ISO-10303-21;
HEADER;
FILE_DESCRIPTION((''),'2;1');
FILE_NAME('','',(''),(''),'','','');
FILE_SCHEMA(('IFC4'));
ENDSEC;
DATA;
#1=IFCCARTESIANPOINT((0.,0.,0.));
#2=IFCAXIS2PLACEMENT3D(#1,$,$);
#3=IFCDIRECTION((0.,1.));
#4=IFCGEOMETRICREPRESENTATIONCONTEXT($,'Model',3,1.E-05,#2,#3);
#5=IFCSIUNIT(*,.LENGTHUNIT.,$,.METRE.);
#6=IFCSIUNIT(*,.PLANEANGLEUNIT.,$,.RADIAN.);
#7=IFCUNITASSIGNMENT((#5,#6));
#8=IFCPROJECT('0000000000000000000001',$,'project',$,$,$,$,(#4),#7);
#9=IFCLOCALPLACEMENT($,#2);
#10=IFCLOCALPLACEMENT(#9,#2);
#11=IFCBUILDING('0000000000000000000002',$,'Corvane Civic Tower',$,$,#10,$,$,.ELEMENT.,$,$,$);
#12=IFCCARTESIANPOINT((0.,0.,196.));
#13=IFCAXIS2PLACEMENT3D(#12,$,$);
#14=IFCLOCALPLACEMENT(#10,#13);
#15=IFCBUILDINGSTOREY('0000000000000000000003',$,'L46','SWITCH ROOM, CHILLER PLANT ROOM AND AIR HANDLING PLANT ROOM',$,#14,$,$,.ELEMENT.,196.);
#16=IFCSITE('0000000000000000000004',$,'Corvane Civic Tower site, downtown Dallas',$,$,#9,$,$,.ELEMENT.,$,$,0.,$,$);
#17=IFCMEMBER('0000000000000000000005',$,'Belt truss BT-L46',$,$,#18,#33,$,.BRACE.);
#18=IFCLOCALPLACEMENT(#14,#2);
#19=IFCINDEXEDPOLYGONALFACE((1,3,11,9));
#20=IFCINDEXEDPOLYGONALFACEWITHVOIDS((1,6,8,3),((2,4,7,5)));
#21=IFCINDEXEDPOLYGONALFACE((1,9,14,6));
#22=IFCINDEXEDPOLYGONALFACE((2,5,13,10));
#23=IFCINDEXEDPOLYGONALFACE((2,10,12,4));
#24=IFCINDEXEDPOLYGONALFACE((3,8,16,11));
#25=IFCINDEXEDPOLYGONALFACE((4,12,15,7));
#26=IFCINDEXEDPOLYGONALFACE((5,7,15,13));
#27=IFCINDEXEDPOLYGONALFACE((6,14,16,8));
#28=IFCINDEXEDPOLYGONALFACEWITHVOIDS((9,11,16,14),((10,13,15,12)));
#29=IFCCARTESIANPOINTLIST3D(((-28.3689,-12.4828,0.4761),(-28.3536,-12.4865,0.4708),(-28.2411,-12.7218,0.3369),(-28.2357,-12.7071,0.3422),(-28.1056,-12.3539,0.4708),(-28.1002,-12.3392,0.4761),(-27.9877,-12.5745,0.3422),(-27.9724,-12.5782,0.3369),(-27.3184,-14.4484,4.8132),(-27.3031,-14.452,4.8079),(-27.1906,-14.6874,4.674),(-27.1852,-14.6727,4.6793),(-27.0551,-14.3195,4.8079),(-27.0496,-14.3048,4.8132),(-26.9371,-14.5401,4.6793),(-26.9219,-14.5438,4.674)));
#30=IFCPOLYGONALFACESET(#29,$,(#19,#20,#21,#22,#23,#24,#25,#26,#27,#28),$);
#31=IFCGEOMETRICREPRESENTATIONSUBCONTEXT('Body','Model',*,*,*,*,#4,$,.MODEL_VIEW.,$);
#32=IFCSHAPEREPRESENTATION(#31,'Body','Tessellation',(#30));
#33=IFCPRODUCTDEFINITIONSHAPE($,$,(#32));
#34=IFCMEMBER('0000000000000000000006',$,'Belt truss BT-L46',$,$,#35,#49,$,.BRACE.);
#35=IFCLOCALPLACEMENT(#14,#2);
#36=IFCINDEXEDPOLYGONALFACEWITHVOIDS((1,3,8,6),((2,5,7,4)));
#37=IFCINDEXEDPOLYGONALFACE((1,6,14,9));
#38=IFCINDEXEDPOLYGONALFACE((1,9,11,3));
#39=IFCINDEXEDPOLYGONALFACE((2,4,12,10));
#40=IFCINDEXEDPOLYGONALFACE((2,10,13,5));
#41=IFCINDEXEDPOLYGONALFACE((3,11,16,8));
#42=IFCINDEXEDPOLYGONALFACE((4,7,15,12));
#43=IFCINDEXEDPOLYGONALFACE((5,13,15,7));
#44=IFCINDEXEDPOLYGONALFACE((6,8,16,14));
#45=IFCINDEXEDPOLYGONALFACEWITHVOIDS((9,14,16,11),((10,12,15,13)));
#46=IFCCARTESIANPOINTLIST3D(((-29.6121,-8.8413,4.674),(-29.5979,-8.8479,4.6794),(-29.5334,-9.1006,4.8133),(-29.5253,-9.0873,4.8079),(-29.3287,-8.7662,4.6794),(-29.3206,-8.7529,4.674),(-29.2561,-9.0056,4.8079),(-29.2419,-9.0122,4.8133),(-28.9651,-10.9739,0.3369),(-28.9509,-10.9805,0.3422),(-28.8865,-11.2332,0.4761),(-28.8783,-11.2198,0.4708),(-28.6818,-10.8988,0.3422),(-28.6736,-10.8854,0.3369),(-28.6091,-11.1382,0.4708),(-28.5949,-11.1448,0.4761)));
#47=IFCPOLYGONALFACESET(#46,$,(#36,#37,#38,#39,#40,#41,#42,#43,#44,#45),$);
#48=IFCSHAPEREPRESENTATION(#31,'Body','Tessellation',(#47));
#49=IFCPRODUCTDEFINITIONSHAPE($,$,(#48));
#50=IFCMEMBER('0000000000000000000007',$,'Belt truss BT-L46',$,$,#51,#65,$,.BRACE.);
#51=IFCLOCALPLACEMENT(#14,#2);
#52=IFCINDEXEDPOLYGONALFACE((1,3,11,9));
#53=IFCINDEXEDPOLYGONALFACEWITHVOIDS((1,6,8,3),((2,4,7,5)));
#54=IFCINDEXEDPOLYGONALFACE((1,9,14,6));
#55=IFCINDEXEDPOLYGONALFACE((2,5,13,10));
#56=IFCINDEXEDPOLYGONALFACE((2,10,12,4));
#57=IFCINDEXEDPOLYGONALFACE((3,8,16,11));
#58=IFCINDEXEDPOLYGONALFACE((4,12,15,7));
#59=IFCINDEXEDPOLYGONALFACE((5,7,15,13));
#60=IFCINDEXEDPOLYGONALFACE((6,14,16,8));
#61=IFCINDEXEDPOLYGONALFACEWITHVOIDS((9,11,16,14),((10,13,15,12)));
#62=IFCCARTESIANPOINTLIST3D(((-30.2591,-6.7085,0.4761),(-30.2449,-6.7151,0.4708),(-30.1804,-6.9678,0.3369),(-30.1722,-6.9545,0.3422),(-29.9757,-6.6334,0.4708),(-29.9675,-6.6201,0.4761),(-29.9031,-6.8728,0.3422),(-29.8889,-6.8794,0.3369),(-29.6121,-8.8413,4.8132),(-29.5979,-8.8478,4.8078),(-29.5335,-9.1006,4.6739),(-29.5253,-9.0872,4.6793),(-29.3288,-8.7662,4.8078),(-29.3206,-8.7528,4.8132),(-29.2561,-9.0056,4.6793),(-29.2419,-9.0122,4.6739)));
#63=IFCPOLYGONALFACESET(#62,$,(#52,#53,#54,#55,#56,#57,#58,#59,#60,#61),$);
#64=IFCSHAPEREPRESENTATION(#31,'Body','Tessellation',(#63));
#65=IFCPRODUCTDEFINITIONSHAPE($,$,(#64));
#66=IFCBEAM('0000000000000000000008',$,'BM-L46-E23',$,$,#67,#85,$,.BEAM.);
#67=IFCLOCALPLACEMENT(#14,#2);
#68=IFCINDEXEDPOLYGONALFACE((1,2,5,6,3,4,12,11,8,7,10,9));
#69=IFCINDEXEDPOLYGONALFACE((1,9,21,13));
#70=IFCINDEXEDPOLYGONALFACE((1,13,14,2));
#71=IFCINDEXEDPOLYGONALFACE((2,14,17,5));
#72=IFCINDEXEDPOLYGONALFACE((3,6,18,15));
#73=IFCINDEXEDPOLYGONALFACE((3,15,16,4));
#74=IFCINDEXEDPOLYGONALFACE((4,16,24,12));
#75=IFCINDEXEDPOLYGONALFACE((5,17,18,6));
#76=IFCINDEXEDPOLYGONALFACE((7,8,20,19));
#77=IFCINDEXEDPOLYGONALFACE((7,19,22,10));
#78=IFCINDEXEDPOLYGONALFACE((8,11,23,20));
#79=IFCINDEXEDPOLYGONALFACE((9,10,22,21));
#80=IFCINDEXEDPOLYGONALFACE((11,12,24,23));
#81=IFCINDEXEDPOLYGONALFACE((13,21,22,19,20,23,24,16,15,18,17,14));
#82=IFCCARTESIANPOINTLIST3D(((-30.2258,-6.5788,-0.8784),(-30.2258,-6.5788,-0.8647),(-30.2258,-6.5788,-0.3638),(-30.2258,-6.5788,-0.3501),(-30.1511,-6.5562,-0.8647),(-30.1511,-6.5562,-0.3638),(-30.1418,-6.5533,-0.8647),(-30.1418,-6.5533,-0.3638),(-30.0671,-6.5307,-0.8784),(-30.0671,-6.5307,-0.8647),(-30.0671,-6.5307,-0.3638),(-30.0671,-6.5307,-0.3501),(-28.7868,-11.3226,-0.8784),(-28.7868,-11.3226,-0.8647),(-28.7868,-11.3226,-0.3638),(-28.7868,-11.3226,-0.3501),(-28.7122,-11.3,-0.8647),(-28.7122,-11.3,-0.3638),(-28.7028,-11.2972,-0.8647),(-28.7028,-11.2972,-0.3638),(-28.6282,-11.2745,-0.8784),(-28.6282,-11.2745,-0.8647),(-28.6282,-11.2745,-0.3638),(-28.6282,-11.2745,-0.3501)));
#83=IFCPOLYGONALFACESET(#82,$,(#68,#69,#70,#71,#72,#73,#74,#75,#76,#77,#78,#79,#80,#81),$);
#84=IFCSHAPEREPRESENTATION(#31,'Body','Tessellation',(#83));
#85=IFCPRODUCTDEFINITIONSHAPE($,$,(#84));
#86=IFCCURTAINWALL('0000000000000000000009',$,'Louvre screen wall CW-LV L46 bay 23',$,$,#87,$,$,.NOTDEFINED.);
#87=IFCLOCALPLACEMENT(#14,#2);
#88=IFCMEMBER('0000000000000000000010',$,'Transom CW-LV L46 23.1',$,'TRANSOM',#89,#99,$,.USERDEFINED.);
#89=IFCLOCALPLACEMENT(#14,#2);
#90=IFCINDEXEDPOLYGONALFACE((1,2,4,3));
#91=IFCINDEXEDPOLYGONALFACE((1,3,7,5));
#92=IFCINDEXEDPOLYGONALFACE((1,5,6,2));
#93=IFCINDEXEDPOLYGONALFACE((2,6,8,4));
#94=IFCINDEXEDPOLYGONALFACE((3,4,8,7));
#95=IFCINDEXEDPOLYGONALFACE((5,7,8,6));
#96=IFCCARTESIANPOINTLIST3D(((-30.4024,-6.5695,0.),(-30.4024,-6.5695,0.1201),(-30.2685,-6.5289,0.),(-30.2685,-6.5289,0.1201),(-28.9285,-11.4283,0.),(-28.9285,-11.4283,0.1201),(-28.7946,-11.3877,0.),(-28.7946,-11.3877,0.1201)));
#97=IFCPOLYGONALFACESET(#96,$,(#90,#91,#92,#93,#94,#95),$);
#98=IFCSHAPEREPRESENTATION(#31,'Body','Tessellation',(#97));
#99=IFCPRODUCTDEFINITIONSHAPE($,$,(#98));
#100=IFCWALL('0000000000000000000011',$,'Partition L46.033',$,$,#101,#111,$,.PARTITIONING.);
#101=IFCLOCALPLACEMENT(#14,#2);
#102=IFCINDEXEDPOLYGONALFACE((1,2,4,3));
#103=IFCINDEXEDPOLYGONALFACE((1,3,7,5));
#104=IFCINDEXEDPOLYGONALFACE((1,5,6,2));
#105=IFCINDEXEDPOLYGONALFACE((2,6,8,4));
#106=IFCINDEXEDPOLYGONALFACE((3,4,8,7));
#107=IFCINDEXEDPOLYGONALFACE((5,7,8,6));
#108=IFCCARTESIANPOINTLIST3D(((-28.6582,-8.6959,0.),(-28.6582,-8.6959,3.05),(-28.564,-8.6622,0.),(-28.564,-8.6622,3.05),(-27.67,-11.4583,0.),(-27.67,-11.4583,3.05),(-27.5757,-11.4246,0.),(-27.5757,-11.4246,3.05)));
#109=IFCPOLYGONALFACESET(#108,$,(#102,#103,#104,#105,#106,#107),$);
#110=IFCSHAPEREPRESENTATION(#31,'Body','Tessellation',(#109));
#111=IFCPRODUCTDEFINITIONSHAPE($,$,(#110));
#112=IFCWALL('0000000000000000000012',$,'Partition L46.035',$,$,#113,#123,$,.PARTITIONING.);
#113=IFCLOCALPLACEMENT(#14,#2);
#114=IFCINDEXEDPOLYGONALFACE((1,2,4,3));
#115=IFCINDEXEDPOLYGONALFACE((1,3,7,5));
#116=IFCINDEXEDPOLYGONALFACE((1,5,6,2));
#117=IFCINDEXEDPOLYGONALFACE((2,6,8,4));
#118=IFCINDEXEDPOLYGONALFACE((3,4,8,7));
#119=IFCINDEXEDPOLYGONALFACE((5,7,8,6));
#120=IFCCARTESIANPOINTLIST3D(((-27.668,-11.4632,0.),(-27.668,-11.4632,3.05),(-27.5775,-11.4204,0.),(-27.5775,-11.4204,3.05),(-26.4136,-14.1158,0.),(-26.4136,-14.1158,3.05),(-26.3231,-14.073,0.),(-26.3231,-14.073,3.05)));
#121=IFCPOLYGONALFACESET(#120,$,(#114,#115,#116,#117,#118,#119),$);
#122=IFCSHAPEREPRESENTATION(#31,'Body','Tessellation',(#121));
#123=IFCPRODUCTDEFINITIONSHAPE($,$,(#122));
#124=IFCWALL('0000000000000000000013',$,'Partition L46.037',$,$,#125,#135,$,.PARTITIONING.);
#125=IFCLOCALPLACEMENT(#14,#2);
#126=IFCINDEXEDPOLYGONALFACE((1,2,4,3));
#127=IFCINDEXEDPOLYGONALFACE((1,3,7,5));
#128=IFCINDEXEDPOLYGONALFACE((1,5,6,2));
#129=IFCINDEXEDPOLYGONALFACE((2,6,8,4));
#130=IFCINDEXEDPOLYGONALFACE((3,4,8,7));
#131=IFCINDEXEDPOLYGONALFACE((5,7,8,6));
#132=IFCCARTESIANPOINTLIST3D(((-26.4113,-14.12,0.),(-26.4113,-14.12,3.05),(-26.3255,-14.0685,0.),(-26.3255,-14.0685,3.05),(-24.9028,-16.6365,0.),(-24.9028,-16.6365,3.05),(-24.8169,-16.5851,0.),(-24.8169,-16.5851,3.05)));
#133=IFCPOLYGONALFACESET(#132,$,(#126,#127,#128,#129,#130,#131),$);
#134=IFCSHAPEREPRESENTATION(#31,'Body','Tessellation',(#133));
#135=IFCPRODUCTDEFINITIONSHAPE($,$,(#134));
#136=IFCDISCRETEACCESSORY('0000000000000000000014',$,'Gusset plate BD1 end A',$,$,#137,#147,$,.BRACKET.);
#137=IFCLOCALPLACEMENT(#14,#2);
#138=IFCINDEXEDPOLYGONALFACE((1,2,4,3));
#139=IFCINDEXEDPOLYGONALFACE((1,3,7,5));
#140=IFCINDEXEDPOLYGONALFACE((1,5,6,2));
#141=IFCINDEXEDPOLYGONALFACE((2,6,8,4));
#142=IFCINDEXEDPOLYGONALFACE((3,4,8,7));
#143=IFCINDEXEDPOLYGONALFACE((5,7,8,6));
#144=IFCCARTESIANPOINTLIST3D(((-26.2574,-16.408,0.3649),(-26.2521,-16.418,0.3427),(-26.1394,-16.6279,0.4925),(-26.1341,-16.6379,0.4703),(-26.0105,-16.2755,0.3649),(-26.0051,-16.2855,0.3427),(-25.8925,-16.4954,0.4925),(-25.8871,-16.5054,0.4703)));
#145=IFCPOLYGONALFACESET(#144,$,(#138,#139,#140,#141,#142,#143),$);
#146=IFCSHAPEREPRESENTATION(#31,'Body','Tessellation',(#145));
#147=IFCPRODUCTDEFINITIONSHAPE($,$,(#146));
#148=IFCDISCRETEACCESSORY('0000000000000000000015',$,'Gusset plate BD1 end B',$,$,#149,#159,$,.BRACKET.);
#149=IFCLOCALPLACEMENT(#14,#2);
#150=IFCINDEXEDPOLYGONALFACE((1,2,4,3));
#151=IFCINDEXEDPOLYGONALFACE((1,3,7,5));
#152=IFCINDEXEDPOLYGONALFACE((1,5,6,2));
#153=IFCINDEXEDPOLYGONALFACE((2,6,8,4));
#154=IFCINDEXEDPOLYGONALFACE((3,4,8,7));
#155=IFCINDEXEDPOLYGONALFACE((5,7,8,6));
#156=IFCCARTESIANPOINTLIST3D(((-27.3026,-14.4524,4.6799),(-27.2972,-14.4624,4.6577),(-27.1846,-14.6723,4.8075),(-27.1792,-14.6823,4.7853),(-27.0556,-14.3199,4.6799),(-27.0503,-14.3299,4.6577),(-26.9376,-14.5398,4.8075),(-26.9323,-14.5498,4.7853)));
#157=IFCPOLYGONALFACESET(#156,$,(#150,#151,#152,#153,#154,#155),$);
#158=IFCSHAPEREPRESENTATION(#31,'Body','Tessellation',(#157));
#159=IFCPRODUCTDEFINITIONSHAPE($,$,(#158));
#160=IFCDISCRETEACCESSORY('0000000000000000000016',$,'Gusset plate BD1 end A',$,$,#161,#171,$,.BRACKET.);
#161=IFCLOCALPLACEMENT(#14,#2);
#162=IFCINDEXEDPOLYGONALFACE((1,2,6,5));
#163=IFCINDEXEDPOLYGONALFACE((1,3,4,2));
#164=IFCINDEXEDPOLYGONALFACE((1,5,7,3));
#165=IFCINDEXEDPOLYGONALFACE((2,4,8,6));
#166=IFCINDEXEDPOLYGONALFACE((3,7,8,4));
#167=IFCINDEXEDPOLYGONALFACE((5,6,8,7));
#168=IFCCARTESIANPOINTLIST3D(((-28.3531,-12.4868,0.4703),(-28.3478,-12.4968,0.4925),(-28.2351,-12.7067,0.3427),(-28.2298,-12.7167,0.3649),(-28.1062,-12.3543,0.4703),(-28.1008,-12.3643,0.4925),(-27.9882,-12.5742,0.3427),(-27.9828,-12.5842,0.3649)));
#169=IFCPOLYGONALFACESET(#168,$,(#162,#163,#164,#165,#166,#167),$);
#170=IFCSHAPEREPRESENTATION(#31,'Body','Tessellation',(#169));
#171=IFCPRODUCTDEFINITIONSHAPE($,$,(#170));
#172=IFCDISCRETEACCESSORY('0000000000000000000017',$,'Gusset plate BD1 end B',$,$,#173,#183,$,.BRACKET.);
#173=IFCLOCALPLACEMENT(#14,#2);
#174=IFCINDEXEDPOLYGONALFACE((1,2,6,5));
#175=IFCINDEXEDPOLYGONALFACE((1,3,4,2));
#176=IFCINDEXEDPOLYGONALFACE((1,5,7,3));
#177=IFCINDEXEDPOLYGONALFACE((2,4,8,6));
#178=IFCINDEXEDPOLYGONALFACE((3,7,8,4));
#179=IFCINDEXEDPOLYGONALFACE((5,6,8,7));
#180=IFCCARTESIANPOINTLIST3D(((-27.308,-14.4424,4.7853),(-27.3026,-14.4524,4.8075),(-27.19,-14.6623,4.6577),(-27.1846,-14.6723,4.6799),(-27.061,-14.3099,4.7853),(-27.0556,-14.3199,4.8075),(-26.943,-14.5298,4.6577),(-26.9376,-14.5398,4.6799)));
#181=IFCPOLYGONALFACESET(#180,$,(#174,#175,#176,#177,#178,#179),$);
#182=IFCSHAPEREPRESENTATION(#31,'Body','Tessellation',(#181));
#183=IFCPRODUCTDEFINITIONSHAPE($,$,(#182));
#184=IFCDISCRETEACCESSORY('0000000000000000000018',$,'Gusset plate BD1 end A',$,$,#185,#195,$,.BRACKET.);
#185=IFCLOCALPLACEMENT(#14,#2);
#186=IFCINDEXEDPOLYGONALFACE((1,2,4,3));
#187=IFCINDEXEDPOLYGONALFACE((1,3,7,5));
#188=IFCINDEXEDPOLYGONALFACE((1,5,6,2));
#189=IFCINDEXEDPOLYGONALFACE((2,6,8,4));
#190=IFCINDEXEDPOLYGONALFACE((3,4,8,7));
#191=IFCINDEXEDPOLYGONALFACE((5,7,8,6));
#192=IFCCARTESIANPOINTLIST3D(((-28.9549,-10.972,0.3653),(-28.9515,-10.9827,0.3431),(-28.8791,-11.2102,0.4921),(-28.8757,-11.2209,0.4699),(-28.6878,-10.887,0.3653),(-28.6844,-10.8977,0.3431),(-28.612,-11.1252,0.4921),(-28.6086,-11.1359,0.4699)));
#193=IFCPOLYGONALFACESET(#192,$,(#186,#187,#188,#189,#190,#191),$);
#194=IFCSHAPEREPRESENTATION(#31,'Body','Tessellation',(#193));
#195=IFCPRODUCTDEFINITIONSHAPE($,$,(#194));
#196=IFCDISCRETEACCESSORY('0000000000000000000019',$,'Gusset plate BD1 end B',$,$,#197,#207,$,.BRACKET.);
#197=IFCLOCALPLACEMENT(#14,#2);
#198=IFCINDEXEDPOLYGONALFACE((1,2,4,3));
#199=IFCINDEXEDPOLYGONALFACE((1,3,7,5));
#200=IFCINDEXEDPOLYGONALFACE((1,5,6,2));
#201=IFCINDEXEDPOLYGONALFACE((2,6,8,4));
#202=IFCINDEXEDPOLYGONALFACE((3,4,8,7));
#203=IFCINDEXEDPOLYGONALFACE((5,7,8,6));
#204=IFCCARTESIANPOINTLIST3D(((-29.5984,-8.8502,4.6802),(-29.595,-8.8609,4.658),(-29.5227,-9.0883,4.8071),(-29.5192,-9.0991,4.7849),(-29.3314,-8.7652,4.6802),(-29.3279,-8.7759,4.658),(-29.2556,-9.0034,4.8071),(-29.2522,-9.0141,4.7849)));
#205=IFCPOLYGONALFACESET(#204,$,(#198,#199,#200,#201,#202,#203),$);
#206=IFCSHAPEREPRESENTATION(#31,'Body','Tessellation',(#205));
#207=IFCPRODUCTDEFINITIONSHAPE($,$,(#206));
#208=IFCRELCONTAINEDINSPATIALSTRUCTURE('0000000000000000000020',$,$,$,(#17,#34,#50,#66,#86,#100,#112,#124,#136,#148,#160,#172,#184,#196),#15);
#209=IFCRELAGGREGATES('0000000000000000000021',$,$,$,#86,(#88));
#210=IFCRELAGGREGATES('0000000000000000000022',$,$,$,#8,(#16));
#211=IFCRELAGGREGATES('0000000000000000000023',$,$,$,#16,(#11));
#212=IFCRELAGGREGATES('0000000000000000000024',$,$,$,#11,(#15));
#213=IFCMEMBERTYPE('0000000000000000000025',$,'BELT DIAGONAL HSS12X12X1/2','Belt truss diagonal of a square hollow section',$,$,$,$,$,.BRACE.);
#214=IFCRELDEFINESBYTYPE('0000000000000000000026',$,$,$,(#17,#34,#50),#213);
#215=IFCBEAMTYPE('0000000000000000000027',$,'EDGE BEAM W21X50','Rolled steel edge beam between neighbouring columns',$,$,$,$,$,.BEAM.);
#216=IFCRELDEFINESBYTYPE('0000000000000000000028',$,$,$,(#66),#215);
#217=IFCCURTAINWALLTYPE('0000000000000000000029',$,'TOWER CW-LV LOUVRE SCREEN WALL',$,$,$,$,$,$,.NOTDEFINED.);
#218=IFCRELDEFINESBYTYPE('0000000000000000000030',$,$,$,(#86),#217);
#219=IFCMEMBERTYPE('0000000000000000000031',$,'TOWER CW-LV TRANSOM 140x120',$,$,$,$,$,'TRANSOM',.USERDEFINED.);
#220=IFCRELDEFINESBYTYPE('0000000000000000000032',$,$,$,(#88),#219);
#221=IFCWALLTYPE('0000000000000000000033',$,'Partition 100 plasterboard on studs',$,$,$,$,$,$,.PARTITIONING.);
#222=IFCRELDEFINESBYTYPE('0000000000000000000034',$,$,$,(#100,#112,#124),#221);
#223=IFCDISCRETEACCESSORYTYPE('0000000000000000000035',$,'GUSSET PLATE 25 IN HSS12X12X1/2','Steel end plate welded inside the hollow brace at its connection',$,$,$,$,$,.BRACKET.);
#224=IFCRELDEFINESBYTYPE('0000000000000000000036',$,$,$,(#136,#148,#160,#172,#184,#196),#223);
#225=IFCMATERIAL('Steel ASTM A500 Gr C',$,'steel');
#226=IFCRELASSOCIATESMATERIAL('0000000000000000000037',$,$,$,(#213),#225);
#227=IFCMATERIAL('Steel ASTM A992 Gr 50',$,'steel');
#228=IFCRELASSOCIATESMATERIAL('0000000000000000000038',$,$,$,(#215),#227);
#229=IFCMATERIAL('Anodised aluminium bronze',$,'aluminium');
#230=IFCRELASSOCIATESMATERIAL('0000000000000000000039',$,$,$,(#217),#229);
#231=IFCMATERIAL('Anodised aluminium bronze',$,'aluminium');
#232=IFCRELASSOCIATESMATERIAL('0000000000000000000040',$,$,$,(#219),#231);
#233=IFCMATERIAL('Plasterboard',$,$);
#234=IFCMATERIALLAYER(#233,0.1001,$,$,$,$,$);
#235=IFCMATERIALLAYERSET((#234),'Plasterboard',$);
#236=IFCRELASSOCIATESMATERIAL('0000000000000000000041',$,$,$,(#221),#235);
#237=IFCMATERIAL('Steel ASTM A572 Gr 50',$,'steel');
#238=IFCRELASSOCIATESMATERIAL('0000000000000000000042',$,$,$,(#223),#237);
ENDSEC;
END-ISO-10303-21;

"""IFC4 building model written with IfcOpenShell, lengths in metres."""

from ifc_helpers import new_model, si_unit, direction, frame, frame_2d, origin, origin_2d, place, context, subcontext, project, spatial, rectangle, hollow_rectangle, i_section, extrude, material, layer, layer_set, material_profile, profile_set, type_object, element, aggregate, save


model = new_model("IFC4")

# Units and contexts
model_context = context("Model", 3, precision=1e-05, world=origin(), true_north=direction((0.0, 1.0)))
body_context = subcontext(model_context, "Body", "Model", "MODEL_VIEW")
ifc_project = project(units=[si_unit("LENGTHUNIT", "METRE"), si_unit("PLANEANGLEUNIT", "RADIAN")], contexts=[model_context])

# Site, building, storey
site_placement = place(None, origin())
site = spatial("IfcSite", under=ifc_project, at=site_placement, Name="Corvane Civic Tower site, downtown Dallas", CompositionType="ELEMENT", RefElevation=0.0)
building_placement = place(site_placement, origin())
building = spatial("IfcBuilding", under=site, at=building_placement, Name="Corvane Civic Tower", CompositionType="ELEMENT")
storey_placement = place(building_placement, frame((0.0, 0.0, 196.0)))
storey = spatial("IfcBuildingStorey", under=building, at=storey_placement, Name="L46", Description="SWITCH ROOM, CHILLER PLANT ROOM AND AIR HANDLING PLANT ROOM", CompositionType="ELEMENT", Elevation=196.0)

# Members
ifc_material_1 = material(Name="Steel ASTM A500 Gr C", Category="steel")
ifc_material_profile_1 = material_profile(ifc_material_1, hollow_rectangle(XDim=0.3047, YDim=0.3047, WallThickness=0.0117, at=origin_2d()), Name="HSS12X12X1/2")
ifc_profile_set_1 = profile_set([ifc_material_profile_1], Name="Steel ASTM A500 Gr C")
member_type_1 = type_object("IfcMemberType", Name="BELT DIAGONAL HSS12X12X1/2", Description="Belt truss diagonal of a square hollow section", PredefinedType="BRACE", material=ifc_profile_set_1)
for number, where, z_axis, x_axis, name in (
    (1, (-28.1707, -12.5305, 0.4065), (0.215438, -0.40309, 0.889441), (0.881937, 0.471367, 0.0), "Belt truss BT-L46"),
    (2, (-28.78, -11.0593, 0.4065), (-0.13268, 0.437342, 0.889454), (-0.956932, -0.290311, 0.0), "Belt truss BT-L46"),
    (3, (-30.074, -6.7939, 0.4065), (0.132677, -0.437382, 0.889434), (0.956941, 0.290281, 0.0), "Belt truss BT-L46"),
):
    element("IfcMember", number, at=place(storey_placement, frame(where, z_axis=z_axis, x_axis=x_axis)), inside=storey, type_object=member_type_1, Name=name, PredefinedType="BRACE", context=body_context, shape_type="SweptSolid", body=[
        extrude(hollow_rectangle(XDim=0.3047, YDim=0.3047, WallThickness=0.0117, at=origin_2d()), origin(), (0.0, 0.0, 1.0), 4.8762),
    ])

# Beam
ifc_material_2 = material(Name="Steel ASTM A992 Gr 50", Category="steel")
ifc_material_profile_2 = material_profile(ifc_material_2, i_section(OverallWidth=0.1658, OverallDepth=0.5283, WebThickness=0.0098, FlangeThickness=0.0137, at=origin_2d()), Name="W21X50")
ifc_profile_set_2 = profile_set([ifc_material_profile_2], Name="Steel ASTM A992 Gr 50")
beam_type = type_object("IfcBeamType", Name="EDGE BEAM W21X50", Description="Rolled steel edge beam between neighbouring columns", PredefinedType="BEAM", material=ifc_profile_set_2)
beam_placement = place(storey_placement, frame((-28.7075, -11.2986, -0.6143), z_axis=(-0.29027, 0.956945, 0.0), x_axis=(-0.956945, -0.29027, 0.0)))
element("IfcBeam", 4, at=beam_placement, inside=storey, type_object=beam_type, Name="BM-L46-E23", PredefinedType="BEAM", context=body_context, shape_type="SweptSolid", body=[
    extrude(i_section(OverallWidth=0.1658, OverallDepth=0.5283, WebThickness=0.0098, FlangeThickness=0.0137, at=origin_2d()), origin(), (0.0, 0.0, 1.0), 4.9573),
])

# Curtain wall, member
ifc_material_3 = material(Name="Anodised aluminium bronze", Category="aluminium")
curtain_wall_type = type_object("IfcCurtainWallType", Name="TOWER CW-LV LOUVRE SCREEN WALL", PredefinedType="NOTDEFINED", material=ifc_material_3)
curtain_wall_placement = place(storey_placement, origin())
curtain_wall = element("IfcCurtainWall", 5, at=curtain_wall_placement, inside=storey, type_object=curtain_wall_type, Name="Louvre screen wall CW-LV L46 bay 23", PredefinedType="NOTDEFINED")
ifc_material_4 = material(Name="Anodised aluminium bronze", Category="aluminium")
ifc_material_profile_3 = material_profile(ifc_material_4, rectangle(XDim=0.1399, YDim=0.1201, at=origin_2d()), Name="TOWER CW-LV TRANSOM 140x120")
ifc_profile_set_3 = profile_set([ifc_material_profile_3], Name="Anodised aluminium bronze")
member_type_2 = type_object("IfcMemberType", Name="TOWER CW-LV TRANSOM 140x120", ElementType="TRANSOM", PredefinedType="USERDEFINED", material=ifc_profile_set_3)
member_placement = place(storey_placement, frame((-28.8616, -11.408, 0.0601), z_axis=(-0.290289, 0.956939, 0.0), x_axis=(-0.956939, -0.290289, 0.0)))
member = element("IfcMember", 6, at=member_placement, type_object=member_type_2, Name="Transom CW-LV L46 23.1", ObjectType="TRANSOM", PredefinedType="USERDEFINED", context=body_context, shape_type="SweptSolid", body=[
    extrude(rectangle(XDim=0.1399, YDim=0.1201, at=origin_2d()), origin(), (0.0, 0.0, 1.0), 5.0774),
])

# Walls
ifc_material_5 = material(Name="Plasterboard")
ifc_layer = layer(ifc_material_5, 0.1001)
ifc_layer_set = layer_set([ifc_layer], Name="Plasterboard")
wall_type = type_object("IfcWallType", Name="Partition 100 plasterboard on studs", PredefinedType="PARTITIONING", material=ifc_layer_set)
wall_1_placement = place(storey_placement, frame((-28.6111, -8.6792, 0.0), z_axis=(0.0, 0.0, 1.0), x_axis=(0.336848, -0.941559, 0.0)))
element("IfcWall", 7, at=wall_1_placement, inside=storey, type_object=wall_type, Name="Partition L46.033", PredefinedType="PARTITIONING", context=body_context, shape_type="SweptSolid", body=[
    extrude(rectangle(XDim=2.9338, YDim=0.1001, at=frame_2d((1.4668, 0.0))), origin(), (0.0, 0.0, 1.0), 3.05),
])
wall_2_placement = place(storey_placement, frame((-27.6228, -11.4417, 0.0), z_axis=(0.0, 0.0, 1.0), x_axis=(0.427503, -0.904014, 0.0)))
element("IfcWall", 8, at=wall_2_placement, inside=storey, type_object=wall_type, Name="Partition L46.035", PredefinedType="PARTITIONING", context=body_context, shape_type="SweptSolid", body=[
    extrude(rectangle(XDim=2.9343, YDim=0.1001, at=frame_2d((1.4673, 0.0))), origin(), (0.0, 0.0, 1.0), 3.05),
])
wall_3_placement = place(storey_placement, frame((-26.3684, -14.0942, 0.0), z_axis=(0.0, 0.0, 1.0), x_axis=(0.514141, -0.857706, 0.0)))
element("IfcWall", 9, at=wall_3_placement, inside=storey, type_object=wall_type, Name="Partition L46.037", PredefinedType="PARTITIONING", context=body_context, shape_type="SweptSolid", body=[
    extrude(rectangle(XDim=2.9341, YDim=0.1001, at=frame_2d((1.467, 0.0))), origin(), (0.0, 0.0, 1.0), 3.05),
])

aggregate(curtain_wall, [member])

# Discrete accessories
ifc_material_6 = material(Name="Steel ASTM A572 Gr 50", Category="steel")
ifc_material_profile_4 = material_profile(ifc_material_6, rectangle(XDim=0.2803, YDim=0.2803, at=origin_2d()), Name="GUSSET PLATE 25 IN HSS12X12X1/2")
ifc_profile_set_4 = profile_set([ifc_material_profile_4], Name="Steel ASTM A572 Gr 50")
discrete_accessory_type = type_object("IfcDiscreteAccessoryType", Name="GUSSET PLATE 25 IN HSS12X12X1/2", Description="Steel end plate welded inside the hollow brace at its connection", PredefinedType="BRACKET", material=ifc_profile_set_4)
for number, where, z_axis, x_axis, name in (
    (10, (-26.0696, -16.4617, 0.4065), (-0.215252, 0.401152, 0.890362), (-0.88116, -0.472818, 0.0), "Gusset plate BD1 end A"),
    (11, (-27.1201, -14.4961, 4.7437), (0.215252, -0.401152, -0.890362), (0.88116, 0.472818, 0.0), "Gusset plate BD1 end B"),
    (12, (-28.1707, -12.5305, 0.4065), (0.215252, -0.401152, 0.890362), (0.88116, 0.472818, 0.0), "Gusset plate BD1 end A"),
    (13, (-27.1201, -14.4961, 4.7437), (-0.215252, 0.401152, -0.890362), (-0.88116, -0.472818, 0.0), "Gusset plate BD1 end B"),
    (14, (-28.78, -11.0593, 0.4065), (-0.137196, 0.431186, 0.891771), (-0.952926, -0.303204, 0.0), "Gusset plate BD1 end A"),
    (15, (-29.427, -8.9268, 4.7437), (0.137196, -0.431186, -0.891771), (0.952926, 0.303204, 0.0), "Gusset plate BD1 end B"),
):
    element("IfcDiscreteAccessory", number, at=place(storey_placement, frame(where, z_axis=z_axis, x_axis=x_axis)), inside=storey, type_object=discrete_accessory_type, Name=name, PredefinedType="BRACKET", context=body_context, shape_type="SweptSolid", body=[
        extrude(rectangle(XDim=0.2803, YDim=0.2803, at=origin_2d()), origin(), (0.0, 0.0, 1.0), 0.0249),
    ])

save(model, "model.ifc")
